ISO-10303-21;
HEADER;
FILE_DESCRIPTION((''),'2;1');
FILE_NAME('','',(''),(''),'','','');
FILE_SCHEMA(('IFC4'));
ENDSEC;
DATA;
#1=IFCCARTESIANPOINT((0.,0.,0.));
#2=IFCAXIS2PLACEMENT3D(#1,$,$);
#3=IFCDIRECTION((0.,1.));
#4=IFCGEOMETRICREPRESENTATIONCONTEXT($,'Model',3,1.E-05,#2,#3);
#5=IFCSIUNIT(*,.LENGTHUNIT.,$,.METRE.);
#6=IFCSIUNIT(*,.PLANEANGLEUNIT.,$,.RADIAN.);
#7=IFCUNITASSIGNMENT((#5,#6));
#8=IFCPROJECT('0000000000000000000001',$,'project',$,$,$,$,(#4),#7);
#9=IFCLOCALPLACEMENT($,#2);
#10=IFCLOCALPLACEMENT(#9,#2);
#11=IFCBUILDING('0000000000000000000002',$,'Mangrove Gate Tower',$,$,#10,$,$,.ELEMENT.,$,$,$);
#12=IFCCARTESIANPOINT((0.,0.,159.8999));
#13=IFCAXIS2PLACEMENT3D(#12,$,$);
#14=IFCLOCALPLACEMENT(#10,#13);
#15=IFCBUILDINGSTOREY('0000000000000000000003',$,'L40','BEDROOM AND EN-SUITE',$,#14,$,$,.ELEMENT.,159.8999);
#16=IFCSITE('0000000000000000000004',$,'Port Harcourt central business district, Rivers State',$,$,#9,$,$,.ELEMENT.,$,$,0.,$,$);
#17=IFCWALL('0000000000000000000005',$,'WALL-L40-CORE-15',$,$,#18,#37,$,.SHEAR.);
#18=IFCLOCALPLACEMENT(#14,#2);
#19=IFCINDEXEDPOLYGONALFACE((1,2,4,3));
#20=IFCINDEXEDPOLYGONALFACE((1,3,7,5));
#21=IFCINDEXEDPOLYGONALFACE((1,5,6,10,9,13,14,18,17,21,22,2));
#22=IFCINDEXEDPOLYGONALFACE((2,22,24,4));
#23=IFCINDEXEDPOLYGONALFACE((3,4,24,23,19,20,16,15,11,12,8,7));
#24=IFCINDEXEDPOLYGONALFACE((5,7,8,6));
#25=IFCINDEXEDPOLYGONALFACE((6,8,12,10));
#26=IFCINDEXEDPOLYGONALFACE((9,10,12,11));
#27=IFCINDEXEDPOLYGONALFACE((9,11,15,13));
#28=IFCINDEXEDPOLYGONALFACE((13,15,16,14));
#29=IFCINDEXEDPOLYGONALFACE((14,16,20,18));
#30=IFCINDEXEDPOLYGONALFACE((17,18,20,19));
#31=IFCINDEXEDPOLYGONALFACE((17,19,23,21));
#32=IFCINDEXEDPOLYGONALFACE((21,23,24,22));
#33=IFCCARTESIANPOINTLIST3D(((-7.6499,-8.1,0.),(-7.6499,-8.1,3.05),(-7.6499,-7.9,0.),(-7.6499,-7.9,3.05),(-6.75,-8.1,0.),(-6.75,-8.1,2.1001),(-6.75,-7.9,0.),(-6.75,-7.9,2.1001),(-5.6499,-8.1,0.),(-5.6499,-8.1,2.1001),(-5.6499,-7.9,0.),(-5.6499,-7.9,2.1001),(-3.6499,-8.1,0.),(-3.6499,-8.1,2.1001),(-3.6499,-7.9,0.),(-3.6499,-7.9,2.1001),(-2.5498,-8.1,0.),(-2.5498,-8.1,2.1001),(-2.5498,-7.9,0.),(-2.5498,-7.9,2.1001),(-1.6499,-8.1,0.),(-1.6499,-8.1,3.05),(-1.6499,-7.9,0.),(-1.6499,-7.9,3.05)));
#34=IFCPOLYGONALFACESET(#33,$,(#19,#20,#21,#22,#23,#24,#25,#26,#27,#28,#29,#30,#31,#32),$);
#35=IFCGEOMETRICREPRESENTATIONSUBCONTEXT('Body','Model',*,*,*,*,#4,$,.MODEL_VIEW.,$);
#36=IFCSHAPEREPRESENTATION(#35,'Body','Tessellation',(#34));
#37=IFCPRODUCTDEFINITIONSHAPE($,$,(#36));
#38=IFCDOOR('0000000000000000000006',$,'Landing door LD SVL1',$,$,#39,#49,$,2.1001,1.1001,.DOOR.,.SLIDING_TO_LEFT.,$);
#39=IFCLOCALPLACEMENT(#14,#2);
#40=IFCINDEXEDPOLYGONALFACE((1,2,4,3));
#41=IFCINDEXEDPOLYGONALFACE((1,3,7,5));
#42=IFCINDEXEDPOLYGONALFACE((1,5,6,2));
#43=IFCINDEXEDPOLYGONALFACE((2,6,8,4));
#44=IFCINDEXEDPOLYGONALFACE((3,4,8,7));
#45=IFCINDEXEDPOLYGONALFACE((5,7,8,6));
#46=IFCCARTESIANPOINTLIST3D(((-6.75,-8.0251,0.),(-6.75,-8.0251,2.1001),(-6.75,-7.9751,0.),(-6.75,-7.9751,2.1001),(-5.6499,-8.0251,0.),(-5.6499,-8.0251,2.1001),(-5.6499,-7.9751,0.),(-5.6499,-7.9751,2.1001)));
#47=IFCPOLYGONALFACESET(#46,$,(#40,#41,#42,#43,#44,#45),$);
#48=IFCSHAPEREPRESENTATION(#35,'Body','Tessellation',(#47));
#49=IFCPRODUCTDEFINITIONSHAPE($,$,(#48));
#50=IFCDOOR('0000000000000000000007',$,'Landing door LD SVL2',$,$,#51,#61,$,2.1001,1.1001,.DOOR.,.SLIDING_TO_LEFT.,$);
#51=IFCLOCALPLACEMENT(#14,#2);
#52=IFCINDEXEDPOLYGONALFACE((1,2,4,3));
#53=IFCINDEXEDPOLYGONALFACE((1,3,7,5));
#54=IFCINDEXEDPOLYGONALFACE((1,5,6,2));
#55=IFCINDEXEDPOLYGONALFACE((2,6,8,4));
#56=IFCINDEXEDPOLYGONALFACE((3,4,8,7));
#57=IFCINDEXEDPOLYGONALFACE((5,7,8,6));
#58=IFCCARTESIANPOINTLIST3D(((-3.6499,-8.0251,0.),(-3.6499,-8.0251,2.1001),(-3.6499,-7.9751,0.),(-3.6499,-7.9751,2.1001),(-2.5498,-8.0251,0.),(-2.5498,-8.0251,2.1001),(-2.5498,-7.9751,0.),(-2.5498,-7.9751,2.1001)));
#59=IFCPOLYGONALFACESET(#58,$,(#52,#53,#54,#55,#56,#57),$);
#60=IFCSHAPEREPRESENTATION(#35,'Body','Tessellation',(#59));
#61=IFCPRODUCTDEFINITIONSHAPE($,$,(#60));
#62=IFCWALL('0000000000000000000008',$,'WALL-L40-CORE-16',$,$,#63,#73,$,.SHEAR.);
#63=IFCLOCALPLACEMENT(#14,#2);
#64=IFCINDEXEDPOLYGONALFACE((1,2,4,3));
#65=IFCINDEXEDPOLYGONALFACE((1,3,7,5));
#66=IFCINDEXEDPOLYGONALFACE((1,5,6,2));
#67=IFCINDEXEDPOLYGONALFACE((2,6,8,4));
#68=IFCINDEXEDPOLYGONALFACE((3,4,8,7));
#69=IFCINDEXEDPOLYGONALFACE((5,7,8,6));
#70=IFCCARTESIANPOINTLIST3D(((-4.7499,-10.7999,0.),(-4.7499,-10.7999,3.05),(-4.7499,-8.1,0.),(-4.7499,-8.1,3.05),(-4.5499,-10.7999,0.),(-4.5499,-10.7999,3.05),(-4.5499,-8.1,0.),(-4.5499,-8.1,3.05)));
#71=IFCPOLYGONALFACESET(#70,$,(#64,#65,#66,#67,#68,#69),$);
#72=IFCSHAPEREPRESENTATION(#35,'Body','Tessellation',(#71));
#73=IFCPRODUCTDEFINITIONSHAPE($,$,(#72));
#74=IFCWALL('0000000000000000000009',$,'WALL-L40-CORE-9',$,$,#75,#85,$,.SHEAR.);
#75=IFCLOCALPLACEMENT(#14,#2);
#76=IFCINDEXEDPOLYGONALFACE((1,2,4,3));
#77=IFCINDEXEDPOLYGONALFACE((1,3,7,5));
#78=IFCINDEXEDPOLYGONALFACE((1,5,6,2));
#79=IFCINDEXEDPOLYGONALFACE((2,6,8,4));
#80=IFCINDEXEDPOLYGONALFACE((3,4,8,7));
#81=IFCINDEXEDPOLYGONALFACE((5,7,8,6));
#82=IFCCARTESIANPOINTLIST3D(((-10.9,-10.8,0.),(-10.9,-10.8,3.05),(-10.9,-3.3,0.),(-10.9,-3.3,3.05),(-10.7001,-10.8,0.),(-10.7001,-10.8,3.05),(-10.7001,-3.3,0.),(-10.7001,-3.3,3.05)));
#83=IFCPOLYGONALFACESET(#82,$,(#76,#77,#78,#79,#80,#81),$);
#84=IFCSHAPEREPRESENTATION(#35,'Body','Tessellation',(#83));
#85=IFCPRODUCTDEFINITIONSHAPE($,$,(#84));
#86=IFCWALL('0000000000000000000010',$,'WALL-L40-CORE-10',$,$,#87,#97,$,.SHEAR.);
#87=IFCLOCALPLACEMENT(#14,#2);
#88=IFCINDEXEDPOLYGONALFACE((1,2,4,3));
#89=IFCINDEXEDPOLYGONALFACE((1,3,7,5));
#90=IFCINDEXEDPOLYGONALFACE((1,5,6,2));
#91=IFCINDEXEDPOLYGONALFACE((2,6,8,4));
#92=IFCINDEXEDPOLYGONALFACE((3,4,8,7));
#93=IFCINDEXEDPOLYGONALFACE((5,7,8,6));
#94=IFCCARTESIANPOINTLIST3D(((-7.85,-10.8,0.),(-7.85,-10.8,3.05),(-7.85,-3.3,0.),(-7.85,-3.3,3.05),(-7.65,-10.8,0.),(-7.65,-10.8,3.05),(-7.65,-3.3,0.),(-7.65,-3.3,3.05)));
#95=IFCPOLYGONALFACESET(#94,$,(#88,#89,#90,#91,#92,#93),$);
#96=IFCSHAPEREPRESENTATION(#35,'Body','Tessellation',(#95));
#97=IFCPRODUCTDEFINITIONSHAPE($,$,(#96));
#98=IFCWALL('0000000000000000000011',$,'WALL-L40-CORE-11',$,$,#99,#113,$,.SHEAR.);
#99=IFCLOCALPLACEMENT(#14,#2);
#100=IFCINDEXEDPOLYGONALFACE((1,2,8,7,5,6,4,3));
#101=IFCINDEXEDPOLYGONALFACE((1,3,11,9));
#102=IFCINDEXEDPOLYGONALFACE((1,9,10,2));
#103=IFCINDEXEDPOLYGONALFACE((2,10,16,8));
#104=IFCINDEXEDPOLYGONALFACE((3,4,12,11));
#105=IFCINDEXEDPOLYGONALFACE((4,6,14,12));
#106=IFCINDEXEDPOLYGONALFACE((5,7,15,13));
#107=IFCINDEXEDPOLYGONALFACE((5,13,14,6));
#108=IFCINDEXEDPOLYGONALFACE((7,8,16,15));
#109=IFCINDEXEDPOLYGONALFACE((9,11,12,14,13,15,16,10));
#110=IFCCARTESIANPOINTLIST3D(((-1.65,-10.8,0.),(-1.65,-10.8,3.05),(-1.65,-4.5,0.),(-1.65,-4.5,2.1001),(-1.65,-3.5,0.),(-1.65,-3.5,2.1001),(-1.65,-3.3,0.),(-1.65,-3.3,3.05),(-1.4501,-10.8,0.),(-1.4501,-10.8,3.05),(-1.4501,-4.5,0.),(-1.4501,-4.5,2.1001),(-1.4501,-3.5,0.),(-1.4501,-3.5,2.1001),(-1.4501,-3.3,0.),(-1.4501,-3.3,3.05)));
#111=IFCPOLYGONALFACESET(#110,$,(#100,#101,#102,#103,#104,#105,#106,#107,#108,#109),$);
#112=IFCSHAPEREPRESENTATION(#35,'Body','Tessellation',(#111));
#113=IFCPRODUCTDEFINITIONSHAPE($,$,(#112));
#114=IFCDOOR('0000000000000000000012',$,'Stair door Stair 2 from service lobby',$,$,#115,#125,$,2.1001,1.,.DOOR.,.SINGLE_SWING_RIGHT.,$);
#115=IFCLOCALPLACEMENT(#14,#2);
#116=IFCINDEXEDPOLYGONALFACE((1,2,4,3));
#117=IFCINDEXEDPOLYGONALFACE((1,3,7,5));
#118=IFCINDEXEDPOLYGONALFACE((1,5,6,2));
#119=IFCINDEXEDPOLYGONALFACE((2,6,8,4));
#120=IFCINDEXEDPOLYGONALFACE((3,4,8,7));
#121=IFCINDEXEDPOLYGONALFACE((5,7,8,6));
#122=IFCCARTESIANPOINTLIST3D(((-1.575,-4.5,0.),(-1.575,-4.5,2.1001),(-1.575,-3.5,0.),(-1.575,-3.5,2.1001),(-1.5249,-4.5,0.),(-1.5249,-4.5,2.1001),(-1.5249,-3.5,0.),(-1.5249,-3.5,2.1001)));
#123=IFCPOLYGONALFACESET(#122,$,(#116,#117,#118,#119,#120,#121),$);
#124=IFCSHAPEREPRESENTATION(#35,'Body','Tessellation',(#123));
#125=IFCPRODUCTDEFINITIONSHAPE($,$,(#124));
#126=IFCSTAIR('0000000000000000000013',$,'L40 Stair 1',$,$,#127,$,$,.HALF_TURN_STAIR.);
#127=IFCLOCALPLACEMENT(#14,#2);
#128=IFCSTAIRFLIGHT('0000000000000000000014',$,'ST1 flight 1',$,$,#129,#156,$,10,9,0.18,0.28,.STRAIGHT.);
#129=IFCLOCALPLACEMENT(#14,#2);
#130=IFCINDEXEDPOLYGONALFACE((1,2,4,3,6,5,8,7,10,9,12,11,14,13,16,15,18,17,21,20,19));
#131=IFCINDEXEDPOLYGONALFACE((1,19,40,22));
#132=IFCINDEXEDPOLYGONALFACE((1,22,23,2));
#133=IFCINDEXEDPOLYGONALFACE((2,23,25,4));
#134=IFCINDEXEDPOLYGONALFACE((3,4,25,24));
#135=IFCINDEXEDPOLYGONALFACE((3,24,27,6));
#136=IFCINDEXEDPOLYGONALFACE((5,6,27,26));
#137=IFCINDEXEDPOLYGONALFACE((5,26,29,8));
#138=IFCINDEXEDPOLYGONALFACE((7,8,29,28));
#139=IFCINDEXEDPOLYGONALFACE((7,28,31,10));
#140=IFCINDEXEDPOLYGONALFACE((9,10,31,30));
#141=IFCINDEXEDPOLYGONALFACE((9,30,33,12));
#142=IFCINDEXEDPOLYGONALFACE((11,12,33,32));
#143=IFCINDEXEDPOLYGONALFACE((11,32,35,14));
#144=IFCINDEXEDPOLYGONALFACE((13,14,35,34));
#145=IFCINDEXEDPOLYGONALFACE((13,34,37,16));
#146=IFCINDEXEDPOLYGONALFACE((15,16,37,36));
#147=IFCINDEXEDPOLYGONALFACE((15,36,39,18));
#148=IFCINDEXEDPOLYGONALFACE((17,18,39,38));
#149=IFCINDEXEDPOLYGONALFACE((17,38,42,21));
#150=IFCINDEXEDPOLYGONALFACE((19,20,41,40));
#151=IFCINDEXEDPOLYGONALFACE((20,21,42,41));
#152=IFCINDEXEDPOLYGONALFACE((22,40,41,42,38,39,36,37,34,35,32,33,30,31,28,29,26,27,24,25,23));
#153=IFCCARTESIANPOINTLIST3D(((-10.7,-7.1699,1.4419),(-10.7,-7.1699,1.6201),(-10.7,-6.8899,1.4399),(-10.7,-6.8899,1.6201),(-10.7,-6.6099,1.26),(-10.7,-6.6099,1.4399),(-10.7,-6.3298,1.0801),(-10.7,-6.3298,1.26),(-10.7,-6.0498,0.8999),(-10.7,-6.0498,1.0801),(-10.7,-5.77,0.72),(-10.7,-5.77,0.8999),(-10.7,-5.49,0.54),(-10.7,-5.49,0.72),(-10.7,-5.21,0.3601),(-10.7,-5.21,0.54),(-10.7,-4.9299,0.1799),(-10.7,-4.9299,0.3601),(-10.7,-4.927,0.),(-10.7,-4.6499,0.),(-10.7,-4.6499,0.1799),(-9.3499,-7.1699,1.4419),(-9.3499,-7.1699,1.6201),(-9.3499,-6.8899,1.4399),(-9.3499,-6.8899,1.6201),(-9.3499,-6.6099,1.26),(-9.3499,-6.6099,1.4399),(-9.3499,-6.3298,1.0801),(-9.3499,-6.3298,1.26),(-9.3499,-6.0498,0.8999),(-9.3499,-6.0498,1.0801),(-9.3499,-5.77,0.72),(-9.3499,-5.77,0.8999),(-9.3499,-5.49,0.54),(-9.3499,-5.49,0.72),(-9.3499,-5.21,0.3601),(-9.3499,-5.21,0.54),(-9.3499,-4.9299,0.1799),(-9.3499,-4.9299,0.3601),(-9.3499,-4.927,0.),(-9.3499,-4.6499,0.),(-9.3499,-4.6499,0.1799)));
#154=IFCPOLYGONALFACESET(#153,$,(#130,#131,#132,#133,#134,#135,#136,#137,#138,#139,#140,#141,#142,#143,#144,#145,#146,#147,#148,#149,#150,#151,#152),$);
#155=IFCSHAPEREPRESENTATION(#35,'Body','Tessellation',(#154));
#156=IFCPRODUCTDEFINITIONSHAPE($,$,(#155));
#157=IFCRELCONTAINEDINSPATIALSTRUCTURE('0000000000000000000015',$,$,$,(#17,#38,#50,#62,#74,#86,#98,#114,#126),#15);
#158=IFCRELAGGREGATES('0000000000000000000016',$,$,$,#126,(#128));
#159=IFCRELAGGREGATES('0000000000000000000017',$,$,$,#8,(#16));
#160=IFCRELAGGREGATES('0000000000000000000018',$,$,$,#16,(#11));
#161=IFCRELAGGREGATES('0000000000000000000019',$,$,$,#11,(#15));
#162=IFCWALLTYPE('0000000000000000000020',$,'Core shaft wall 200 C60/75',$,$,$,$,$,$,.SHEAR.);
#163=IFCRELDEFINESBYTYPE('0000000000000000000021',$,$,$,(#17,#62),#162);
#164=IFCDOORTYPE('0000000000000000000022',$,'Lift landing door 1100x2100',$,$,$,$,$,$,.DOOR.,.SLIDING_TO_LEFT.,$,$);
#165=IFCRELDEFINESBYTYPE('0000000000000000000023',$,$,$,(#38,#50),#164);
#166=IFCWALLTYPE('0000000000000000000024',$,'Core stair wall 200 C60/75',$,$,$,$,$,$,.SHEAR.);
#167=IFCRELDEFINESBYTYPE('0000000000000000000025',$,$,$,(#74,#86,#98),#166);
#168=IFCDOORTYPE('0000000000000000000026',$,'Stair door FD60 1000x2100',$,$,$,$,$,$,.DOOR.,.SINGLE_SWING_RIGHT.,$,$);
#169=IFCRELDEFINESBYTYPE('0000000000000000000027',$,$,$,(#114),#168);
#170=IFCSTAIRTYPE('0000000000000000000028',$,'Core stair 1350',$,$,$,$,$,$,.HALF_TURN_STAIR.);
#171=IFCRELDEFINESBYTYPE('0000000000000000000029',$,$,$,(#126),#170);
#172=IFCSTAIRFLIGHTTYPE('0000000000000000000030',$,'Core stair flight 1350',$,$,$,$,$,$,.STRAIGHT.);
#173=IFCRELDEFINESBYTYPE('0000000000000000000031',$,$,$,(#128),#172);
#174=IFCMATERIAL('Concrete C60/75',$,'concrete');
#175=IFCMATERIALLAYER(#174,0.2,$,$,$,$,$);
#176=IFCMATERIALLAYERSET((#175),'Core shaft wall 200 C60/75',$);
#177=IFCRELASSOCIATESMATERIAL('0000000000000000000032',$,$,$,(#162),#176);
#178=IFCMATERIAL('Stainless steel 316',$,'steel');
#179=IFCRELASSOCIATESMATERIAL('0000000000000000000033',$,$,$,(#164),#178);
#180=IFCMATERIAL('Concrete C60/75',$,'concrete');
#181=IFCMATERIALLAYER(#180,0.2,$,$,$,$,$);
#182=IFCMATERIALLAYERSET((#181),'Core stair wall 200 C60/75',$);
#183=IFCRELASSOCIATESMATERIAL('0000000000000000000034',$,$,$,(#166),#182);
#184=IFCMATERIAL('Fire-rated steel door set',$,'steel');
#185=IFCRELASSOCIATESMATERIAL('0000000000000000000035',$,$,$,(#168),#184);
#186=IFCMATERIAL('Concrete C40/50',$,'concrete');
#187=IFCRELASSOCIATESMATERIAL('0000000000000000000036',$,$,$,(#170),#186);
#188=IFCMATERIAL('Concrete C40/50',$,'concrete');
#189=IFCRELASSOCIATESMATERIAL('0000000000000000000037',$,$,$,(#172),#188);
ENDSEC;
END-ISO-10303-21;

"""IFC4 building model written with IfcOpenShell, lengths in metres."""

from ifc_helpers import new_model, si_unit, direction, frame, frame_2d, origin, place, context, subcontext, project, spatial, polyline, rectangle, outline, extrude, material, layer, layer_set, type_object, element, fill, aggregate, save


model = new_model("IFC4")

# Units and contexts
model_context = context("Model", 3, precision=1e-05, world=origin(), true_north=direction((0.0, 1.0)))
body_context = subcontext(model_context, "Body", "Model", "MODEL_VIEW")
ifc_project = project(units=[si_unit("LENGTHUNIT", "METRE"), si_unit("PLANEANGLEUNIT", "RADIAN")], contexts=[model_context])

# Site, building, storey
site_placement = place(None, origin())
site = spatial("IfcSite", under=ifc_project, at=site_placement, Name="Port Harcourt central business district, Rivers State", CompositionType="ELEMENT", RefElevation=0.0)
building_placement = place(site_placement, origin())
building = spatial("IfcBuilding", under=site, at=building_placement, Name="Mangrove Gate Tower", CompositionType="ELEMENT")
storey_placement = place(building_placement, frame((0.0, 0.0, 159.8999)))
storey = spatial("IfcBuildingStorey", under=building, at=storey_placement, Name="L40", Description="BEDROOM AND EN-SUITE", CompositionType="ELEMENT", Elevation=159.8999)

# Wall, openings, doors
ifc_material_1 = material(Name="Concrete C60/75", Category="concrete")
ifc_layer_1 = layer(ifc_material_1, 0.2)
ifc_layer_set_1 = layer_set([ifc_layer_1], Name="Core shaft wall 200 C60/75")
wall_type_1 = type_object("IfcWallType", Name="Core shaft wall 200 C60/75", PredefinedType="SHEAR", material=ifc_layer_set_1)
wall_1_placement = place(storey_placement, frame((-7.6499, -8.0, 0.0), z_axis=(0.0, 0.0, 1.0), x_axis=(1.0, 0.0, 0.0)))
wall_1 = element("IfcWall", 1, at=wall_1_placement, inside=storey, type_object=wall_type_1, Name="WALL-L40-CORE-15", PredefinedType="SHEAR", context=body_context, shape_type="SweptSolid", body=[
    extrude(rectangle(XDim=6.0, YDim=0.2, at=frame_2d((3.0, 0.0))), origin(), (0.0, 0.0, 1.0), 3.05),
])
opening_1_placement = place(wall_1_placement, frame((0.8999, 0.0, 0.0)))
opening_1 = element("IfcOpeningElement", 2, at=opening_1_placement, cuts=wall_1, PredefinedType="OPENING", context=body_context, shape_type="SweptSolid", body=[
    extrude(rectangle(XDim=1.1001, YDim=2.1001, at=frame_2d((0.55, 1.05))), frame((0.0, 0.1099, 0.0), z_axis=(0.0, -1.0, 0.0), x_axis=(1.0, 0.0, 0.0)), (0.0, 0.0, 1.0), 0.22),
])
opening_2_placement = place(wall_1_placement, frame((4.0, 0.0, 0.0)))
opening_2 = element("IfcOpeningElement", 3, at=opening_2_placement, cuts=wall_1, PredefinedType="OPENING", context=body_context, shape_type="SweptSolid", body=[
    extrude(rectangle(XDim=1.1001, YDim=2.1001, at=frame_2d((0.55, 1.05))), frame((0.0, 0.1099, 0.0), z_axis=(0.0, -1.0, 0.0), x_axis=(1.0, 0.0, 0.0)), (0.0, 0.0, 1.0), 0.22),
])
ifc_material_2 = material(Name="Stainless steel 316", Category="steel")
door_type_1 = type_object("IfcDoorType", Name="Lift landing door 1100x2100", OperationType="SLIDING_TO_LEFT", PredefinedType="DOOR", material=ifc_material_2)
door_1_placement = place(opening_1_placement, origin())
door_1 = element("IfcDoor", 4, at=door_1_placement, inside=storey, type_object=door_type_1, Name="Landing door LD SVL1", OperationType="SLIDING_TO_LEFT", OverallHeight=2.1001, OverallWidth=1.1001, PredefinedType="DOOR", context=body_context, shape_type="SweptSolid", body=[
    extrude(rectangle(XDim=1.1001, YDim=2.1001, at=frame_2d((0.55, 1.05))), frame((0.0, 0.0249, 0.0), z_axis=(0.0, -1.0, 0.0), x_axis=(1.0, 0.0, 0.0)), (0.0, 0.0, 1.0), 0.05),
])
fill(opening_1, door_1)
door_2_placement = place(opening_2_placement, origin())
door_2 = element("IfcDoor", 5, at=door_2_placement, inside=storey, type_object=door_type_1, Name="Landing door LD SVL2", OperationType="SLIDING_TO_LEFT", OverallHeight=2.1001, OverallWidth=1.1001, PredefinedType="DOOR", context=body_context, shape_type="SweptSolid", body=[
    extrude(rectangle(XDim=1.1001, YDim=2.1001, at=frame_2d((0.55, 1.05))), frame((0.0, 0.0249, 0.0), z_axis=(0.0, -1.0, 0.0), x_axis=(1.0, 0.0, 0.0)), (0.0, 0.0, 1.0), 0.05),
])
fill(opening_2, door_2)

# Walls
wall_2_placement = place(storey_placement, frame((-4.6499, -10.8, 0.0), z_axis=(0.0, 0.0, 1.0), x_axis=(0.0, 1.0, 0.0)))
element("IfcWall", 6, at=wall_2_placement, inside=storey, type_object=wall_type_1, Name="WALL-L40-CORE-16", PredefinedType="SHEAR", context=body_context, shape_type="SweptSolid", body=[
    extrude(rectangle(XDim=2.7, YDim=0.2, at=frame_2d((1.3501, 0.0))), origin(), (0.0, 0.0, 1.0), 3.05),
])
ifc_material_3 = material(Name="Concrete C60/75", Category="concrete")
ifc_layer_2 = layer(ifc_material_3, 0.2)
ifc_layer_set_2 = layer_set([ifc_layer_2], Name="Core stair wall 200 C60/75")
wall_type_2 = type_object("IfcWallType", Name="Core stair wall 200 C60/75", PredefinedType="SHEAR", material=ifc_layer_set_2)
for number, where, z_axis, x_axis, name in (
    (7, (-10.8, -10.8, 0.0), (0.0, 0.0, 1.0), (0.0, 1.0, 0.0), "WALL-L40-CORE-9"),
    (8, (-7.75, -10.8, 0.0), (0.0, 0.0, 1.0), (0.0, 1.0, 0.0), "WALL-L40-CORE-10"),
):
    element("IfcWall", number, at=place(storey_placement, frame(where, z_axis=z_axis, x_axis=x_axis)), inside=storey, type_object=wall_type_2, Name=name, PredefinedType="SHEAR", context=body_context, shape_type="SweptSolid", body=[
        extrude(rectangle(XDim=7.5, YDim=0.2, at=frame_2d((3.75, 0.0))), origin(), (0.0, 0.0, 1.0), 3.05),
    ])

# Wall, opening, door
wall_3_placement = place(storey_placement, frame((-1.55, -10.8, 0.0), z_axis=(0.0, 0.0, 1.0), x_axis=(0.0, 1.0, 0.0)))
wall_3 = element("IfcWall", 9, at=wall_3_placement, inside=storey, type_object=wall_type_2, Name="WALL-L40-CORE-11", PredefinedType="SHEAR", context=body_context, shape_type="SweptSolid", body=[
    extrude(rectangle(XDim=7.5, YDim=0.2, at=frame_2d((3.75, 0.0))), origin(), (0.0, 0.0, 1.0), 3.05),
])
opening_3_placement = place(wall_3_placement, frame((6.3, 0.0, 0.0)))
opening_3 = element("IfcOpeningElement", 10, at=opening_3_placement, cuts=wall_3, PredefinedType="OPENING", context=body_context, shape_type="SweptSolid", body=[
    extrude(rectangle(XDim=1.0, YDim=2.1001, at=frame_2d((0.5, 1.05))), frame((0.0, 0.1099, 0.0), z_axis=(0.0, -1.0, 0.0), x_axis=(1.0, 0.0, 0.0)), (0.0, 0.0, 1.0), 0.22),
])
ifc_material_4 = material(Name="Fire-rated steel door set", Category="steel")
door_type_2 = type_object("IfcDoorType", Name="Stair door FD60 1000x2100", OperationType="SINGLE_SWING_RIGHT", PredefinedType="DOOR", material=ifc_material_4)
door_3_placement = place(opening_3_placement, origin())
door_3 = element("IfcDoor", 11, at=door_3_placement, inside=storey, type_object=door_type_2, Name="Stair door Stair 2 from service lobby", OperationType="SINGLE_SWING_RIGHT", OverallHeight=2.1001, OverallWidth=1.0, PredefinedType="DOOR", context=body_context, shape_type="SweptSolid", body=[
    extrude(rectangle(XDim=1.0, YDim=2.1001, at=frame_2d((0.5, 1.05))), frame((0.0, 0.0249, 0.0), z_axis=(0.0, -1.0, 0.0), x_axis=(1.0, 0.0, 0.0)), (0.0, 0.0, 1.0), 0.05),
])
fill(opening_3, door_3)

# Stair, stair flight
ifc_material_5 = material(Name="Concrete C40/50", Category="concrete")
stair_type = type_object("IfcStairType", Name="Core stair 1350", PredefinedType="HALF_TURN_STAIR", material=ifc_material_5)
stair_1_placement = place(storey_placement, origin())
stair_1 = element("IfcStair", 12, at=stair_1_placement, inside=storey, type_object=stair_type, Name="L40 Stair 1", PredefinedType="HALF_TURN_STAIR")
ifc_material_6 = material(Name="Concrete C40/50", Category="concrete")
stair_flight_type = type_object("IfcStairFlightType", Name="Core stair flight 1350", PredefinedType="STRAIGHT", material=ifc_material_6)
stair_flight_1_placement = place(storey_placement, frame((-10.0249, -4.6499, 0.0), z_axis=(0.0, 0.0, 1.0), x_axis=(0.0, -1.0, 0.0)))
stair_flight_1 = element("IfcStairFlight", 13, at=stair_flight_1_placement, type_object=stair_flight_type, Name="ST1 flight 1", NumberOfRisers=10, NumberOfTreads=9, PredefinedType="STRAIGHT", RiserHeight=0.18, TreadLength=0.28, context=body_context, shape_type="SweptSolid", body=[
    extrude(outline(polyline([(0.0, 0.0), (0.0, 0.1799), (0.28, 0.1799), (0.28, 0.3601), (0.5601, 0.3601), (0.5601, 0.54), (0.8401, 0.54), (0.8401, 0.72), (1.1201, 0.72), (1.1201, 0.8999), (1.3999, 0.8999), (1.3999, 1.0801), (1.6799, 1.0801), (1.6799, 1.26), (1.96, 1.26), (1.96, 1.4399), (2.24, 1.4399), (2.24, 1.6201), (2.52, 1.6201), (2.52, 1.8), (2.52, 1.4419), (0.2771, 0.0), (0.0, 0.0)])), frame((0.0, 0.675, 0.0), z_axis=(0.0, -1.0, 0.0), x_axis=(1.0, 0.0, 0.0)), (0.0, 0.0, 1.0), 1.3501),
])
aggregate(stair_1, [stair_flight_1])

save(model, "model.ifc")
